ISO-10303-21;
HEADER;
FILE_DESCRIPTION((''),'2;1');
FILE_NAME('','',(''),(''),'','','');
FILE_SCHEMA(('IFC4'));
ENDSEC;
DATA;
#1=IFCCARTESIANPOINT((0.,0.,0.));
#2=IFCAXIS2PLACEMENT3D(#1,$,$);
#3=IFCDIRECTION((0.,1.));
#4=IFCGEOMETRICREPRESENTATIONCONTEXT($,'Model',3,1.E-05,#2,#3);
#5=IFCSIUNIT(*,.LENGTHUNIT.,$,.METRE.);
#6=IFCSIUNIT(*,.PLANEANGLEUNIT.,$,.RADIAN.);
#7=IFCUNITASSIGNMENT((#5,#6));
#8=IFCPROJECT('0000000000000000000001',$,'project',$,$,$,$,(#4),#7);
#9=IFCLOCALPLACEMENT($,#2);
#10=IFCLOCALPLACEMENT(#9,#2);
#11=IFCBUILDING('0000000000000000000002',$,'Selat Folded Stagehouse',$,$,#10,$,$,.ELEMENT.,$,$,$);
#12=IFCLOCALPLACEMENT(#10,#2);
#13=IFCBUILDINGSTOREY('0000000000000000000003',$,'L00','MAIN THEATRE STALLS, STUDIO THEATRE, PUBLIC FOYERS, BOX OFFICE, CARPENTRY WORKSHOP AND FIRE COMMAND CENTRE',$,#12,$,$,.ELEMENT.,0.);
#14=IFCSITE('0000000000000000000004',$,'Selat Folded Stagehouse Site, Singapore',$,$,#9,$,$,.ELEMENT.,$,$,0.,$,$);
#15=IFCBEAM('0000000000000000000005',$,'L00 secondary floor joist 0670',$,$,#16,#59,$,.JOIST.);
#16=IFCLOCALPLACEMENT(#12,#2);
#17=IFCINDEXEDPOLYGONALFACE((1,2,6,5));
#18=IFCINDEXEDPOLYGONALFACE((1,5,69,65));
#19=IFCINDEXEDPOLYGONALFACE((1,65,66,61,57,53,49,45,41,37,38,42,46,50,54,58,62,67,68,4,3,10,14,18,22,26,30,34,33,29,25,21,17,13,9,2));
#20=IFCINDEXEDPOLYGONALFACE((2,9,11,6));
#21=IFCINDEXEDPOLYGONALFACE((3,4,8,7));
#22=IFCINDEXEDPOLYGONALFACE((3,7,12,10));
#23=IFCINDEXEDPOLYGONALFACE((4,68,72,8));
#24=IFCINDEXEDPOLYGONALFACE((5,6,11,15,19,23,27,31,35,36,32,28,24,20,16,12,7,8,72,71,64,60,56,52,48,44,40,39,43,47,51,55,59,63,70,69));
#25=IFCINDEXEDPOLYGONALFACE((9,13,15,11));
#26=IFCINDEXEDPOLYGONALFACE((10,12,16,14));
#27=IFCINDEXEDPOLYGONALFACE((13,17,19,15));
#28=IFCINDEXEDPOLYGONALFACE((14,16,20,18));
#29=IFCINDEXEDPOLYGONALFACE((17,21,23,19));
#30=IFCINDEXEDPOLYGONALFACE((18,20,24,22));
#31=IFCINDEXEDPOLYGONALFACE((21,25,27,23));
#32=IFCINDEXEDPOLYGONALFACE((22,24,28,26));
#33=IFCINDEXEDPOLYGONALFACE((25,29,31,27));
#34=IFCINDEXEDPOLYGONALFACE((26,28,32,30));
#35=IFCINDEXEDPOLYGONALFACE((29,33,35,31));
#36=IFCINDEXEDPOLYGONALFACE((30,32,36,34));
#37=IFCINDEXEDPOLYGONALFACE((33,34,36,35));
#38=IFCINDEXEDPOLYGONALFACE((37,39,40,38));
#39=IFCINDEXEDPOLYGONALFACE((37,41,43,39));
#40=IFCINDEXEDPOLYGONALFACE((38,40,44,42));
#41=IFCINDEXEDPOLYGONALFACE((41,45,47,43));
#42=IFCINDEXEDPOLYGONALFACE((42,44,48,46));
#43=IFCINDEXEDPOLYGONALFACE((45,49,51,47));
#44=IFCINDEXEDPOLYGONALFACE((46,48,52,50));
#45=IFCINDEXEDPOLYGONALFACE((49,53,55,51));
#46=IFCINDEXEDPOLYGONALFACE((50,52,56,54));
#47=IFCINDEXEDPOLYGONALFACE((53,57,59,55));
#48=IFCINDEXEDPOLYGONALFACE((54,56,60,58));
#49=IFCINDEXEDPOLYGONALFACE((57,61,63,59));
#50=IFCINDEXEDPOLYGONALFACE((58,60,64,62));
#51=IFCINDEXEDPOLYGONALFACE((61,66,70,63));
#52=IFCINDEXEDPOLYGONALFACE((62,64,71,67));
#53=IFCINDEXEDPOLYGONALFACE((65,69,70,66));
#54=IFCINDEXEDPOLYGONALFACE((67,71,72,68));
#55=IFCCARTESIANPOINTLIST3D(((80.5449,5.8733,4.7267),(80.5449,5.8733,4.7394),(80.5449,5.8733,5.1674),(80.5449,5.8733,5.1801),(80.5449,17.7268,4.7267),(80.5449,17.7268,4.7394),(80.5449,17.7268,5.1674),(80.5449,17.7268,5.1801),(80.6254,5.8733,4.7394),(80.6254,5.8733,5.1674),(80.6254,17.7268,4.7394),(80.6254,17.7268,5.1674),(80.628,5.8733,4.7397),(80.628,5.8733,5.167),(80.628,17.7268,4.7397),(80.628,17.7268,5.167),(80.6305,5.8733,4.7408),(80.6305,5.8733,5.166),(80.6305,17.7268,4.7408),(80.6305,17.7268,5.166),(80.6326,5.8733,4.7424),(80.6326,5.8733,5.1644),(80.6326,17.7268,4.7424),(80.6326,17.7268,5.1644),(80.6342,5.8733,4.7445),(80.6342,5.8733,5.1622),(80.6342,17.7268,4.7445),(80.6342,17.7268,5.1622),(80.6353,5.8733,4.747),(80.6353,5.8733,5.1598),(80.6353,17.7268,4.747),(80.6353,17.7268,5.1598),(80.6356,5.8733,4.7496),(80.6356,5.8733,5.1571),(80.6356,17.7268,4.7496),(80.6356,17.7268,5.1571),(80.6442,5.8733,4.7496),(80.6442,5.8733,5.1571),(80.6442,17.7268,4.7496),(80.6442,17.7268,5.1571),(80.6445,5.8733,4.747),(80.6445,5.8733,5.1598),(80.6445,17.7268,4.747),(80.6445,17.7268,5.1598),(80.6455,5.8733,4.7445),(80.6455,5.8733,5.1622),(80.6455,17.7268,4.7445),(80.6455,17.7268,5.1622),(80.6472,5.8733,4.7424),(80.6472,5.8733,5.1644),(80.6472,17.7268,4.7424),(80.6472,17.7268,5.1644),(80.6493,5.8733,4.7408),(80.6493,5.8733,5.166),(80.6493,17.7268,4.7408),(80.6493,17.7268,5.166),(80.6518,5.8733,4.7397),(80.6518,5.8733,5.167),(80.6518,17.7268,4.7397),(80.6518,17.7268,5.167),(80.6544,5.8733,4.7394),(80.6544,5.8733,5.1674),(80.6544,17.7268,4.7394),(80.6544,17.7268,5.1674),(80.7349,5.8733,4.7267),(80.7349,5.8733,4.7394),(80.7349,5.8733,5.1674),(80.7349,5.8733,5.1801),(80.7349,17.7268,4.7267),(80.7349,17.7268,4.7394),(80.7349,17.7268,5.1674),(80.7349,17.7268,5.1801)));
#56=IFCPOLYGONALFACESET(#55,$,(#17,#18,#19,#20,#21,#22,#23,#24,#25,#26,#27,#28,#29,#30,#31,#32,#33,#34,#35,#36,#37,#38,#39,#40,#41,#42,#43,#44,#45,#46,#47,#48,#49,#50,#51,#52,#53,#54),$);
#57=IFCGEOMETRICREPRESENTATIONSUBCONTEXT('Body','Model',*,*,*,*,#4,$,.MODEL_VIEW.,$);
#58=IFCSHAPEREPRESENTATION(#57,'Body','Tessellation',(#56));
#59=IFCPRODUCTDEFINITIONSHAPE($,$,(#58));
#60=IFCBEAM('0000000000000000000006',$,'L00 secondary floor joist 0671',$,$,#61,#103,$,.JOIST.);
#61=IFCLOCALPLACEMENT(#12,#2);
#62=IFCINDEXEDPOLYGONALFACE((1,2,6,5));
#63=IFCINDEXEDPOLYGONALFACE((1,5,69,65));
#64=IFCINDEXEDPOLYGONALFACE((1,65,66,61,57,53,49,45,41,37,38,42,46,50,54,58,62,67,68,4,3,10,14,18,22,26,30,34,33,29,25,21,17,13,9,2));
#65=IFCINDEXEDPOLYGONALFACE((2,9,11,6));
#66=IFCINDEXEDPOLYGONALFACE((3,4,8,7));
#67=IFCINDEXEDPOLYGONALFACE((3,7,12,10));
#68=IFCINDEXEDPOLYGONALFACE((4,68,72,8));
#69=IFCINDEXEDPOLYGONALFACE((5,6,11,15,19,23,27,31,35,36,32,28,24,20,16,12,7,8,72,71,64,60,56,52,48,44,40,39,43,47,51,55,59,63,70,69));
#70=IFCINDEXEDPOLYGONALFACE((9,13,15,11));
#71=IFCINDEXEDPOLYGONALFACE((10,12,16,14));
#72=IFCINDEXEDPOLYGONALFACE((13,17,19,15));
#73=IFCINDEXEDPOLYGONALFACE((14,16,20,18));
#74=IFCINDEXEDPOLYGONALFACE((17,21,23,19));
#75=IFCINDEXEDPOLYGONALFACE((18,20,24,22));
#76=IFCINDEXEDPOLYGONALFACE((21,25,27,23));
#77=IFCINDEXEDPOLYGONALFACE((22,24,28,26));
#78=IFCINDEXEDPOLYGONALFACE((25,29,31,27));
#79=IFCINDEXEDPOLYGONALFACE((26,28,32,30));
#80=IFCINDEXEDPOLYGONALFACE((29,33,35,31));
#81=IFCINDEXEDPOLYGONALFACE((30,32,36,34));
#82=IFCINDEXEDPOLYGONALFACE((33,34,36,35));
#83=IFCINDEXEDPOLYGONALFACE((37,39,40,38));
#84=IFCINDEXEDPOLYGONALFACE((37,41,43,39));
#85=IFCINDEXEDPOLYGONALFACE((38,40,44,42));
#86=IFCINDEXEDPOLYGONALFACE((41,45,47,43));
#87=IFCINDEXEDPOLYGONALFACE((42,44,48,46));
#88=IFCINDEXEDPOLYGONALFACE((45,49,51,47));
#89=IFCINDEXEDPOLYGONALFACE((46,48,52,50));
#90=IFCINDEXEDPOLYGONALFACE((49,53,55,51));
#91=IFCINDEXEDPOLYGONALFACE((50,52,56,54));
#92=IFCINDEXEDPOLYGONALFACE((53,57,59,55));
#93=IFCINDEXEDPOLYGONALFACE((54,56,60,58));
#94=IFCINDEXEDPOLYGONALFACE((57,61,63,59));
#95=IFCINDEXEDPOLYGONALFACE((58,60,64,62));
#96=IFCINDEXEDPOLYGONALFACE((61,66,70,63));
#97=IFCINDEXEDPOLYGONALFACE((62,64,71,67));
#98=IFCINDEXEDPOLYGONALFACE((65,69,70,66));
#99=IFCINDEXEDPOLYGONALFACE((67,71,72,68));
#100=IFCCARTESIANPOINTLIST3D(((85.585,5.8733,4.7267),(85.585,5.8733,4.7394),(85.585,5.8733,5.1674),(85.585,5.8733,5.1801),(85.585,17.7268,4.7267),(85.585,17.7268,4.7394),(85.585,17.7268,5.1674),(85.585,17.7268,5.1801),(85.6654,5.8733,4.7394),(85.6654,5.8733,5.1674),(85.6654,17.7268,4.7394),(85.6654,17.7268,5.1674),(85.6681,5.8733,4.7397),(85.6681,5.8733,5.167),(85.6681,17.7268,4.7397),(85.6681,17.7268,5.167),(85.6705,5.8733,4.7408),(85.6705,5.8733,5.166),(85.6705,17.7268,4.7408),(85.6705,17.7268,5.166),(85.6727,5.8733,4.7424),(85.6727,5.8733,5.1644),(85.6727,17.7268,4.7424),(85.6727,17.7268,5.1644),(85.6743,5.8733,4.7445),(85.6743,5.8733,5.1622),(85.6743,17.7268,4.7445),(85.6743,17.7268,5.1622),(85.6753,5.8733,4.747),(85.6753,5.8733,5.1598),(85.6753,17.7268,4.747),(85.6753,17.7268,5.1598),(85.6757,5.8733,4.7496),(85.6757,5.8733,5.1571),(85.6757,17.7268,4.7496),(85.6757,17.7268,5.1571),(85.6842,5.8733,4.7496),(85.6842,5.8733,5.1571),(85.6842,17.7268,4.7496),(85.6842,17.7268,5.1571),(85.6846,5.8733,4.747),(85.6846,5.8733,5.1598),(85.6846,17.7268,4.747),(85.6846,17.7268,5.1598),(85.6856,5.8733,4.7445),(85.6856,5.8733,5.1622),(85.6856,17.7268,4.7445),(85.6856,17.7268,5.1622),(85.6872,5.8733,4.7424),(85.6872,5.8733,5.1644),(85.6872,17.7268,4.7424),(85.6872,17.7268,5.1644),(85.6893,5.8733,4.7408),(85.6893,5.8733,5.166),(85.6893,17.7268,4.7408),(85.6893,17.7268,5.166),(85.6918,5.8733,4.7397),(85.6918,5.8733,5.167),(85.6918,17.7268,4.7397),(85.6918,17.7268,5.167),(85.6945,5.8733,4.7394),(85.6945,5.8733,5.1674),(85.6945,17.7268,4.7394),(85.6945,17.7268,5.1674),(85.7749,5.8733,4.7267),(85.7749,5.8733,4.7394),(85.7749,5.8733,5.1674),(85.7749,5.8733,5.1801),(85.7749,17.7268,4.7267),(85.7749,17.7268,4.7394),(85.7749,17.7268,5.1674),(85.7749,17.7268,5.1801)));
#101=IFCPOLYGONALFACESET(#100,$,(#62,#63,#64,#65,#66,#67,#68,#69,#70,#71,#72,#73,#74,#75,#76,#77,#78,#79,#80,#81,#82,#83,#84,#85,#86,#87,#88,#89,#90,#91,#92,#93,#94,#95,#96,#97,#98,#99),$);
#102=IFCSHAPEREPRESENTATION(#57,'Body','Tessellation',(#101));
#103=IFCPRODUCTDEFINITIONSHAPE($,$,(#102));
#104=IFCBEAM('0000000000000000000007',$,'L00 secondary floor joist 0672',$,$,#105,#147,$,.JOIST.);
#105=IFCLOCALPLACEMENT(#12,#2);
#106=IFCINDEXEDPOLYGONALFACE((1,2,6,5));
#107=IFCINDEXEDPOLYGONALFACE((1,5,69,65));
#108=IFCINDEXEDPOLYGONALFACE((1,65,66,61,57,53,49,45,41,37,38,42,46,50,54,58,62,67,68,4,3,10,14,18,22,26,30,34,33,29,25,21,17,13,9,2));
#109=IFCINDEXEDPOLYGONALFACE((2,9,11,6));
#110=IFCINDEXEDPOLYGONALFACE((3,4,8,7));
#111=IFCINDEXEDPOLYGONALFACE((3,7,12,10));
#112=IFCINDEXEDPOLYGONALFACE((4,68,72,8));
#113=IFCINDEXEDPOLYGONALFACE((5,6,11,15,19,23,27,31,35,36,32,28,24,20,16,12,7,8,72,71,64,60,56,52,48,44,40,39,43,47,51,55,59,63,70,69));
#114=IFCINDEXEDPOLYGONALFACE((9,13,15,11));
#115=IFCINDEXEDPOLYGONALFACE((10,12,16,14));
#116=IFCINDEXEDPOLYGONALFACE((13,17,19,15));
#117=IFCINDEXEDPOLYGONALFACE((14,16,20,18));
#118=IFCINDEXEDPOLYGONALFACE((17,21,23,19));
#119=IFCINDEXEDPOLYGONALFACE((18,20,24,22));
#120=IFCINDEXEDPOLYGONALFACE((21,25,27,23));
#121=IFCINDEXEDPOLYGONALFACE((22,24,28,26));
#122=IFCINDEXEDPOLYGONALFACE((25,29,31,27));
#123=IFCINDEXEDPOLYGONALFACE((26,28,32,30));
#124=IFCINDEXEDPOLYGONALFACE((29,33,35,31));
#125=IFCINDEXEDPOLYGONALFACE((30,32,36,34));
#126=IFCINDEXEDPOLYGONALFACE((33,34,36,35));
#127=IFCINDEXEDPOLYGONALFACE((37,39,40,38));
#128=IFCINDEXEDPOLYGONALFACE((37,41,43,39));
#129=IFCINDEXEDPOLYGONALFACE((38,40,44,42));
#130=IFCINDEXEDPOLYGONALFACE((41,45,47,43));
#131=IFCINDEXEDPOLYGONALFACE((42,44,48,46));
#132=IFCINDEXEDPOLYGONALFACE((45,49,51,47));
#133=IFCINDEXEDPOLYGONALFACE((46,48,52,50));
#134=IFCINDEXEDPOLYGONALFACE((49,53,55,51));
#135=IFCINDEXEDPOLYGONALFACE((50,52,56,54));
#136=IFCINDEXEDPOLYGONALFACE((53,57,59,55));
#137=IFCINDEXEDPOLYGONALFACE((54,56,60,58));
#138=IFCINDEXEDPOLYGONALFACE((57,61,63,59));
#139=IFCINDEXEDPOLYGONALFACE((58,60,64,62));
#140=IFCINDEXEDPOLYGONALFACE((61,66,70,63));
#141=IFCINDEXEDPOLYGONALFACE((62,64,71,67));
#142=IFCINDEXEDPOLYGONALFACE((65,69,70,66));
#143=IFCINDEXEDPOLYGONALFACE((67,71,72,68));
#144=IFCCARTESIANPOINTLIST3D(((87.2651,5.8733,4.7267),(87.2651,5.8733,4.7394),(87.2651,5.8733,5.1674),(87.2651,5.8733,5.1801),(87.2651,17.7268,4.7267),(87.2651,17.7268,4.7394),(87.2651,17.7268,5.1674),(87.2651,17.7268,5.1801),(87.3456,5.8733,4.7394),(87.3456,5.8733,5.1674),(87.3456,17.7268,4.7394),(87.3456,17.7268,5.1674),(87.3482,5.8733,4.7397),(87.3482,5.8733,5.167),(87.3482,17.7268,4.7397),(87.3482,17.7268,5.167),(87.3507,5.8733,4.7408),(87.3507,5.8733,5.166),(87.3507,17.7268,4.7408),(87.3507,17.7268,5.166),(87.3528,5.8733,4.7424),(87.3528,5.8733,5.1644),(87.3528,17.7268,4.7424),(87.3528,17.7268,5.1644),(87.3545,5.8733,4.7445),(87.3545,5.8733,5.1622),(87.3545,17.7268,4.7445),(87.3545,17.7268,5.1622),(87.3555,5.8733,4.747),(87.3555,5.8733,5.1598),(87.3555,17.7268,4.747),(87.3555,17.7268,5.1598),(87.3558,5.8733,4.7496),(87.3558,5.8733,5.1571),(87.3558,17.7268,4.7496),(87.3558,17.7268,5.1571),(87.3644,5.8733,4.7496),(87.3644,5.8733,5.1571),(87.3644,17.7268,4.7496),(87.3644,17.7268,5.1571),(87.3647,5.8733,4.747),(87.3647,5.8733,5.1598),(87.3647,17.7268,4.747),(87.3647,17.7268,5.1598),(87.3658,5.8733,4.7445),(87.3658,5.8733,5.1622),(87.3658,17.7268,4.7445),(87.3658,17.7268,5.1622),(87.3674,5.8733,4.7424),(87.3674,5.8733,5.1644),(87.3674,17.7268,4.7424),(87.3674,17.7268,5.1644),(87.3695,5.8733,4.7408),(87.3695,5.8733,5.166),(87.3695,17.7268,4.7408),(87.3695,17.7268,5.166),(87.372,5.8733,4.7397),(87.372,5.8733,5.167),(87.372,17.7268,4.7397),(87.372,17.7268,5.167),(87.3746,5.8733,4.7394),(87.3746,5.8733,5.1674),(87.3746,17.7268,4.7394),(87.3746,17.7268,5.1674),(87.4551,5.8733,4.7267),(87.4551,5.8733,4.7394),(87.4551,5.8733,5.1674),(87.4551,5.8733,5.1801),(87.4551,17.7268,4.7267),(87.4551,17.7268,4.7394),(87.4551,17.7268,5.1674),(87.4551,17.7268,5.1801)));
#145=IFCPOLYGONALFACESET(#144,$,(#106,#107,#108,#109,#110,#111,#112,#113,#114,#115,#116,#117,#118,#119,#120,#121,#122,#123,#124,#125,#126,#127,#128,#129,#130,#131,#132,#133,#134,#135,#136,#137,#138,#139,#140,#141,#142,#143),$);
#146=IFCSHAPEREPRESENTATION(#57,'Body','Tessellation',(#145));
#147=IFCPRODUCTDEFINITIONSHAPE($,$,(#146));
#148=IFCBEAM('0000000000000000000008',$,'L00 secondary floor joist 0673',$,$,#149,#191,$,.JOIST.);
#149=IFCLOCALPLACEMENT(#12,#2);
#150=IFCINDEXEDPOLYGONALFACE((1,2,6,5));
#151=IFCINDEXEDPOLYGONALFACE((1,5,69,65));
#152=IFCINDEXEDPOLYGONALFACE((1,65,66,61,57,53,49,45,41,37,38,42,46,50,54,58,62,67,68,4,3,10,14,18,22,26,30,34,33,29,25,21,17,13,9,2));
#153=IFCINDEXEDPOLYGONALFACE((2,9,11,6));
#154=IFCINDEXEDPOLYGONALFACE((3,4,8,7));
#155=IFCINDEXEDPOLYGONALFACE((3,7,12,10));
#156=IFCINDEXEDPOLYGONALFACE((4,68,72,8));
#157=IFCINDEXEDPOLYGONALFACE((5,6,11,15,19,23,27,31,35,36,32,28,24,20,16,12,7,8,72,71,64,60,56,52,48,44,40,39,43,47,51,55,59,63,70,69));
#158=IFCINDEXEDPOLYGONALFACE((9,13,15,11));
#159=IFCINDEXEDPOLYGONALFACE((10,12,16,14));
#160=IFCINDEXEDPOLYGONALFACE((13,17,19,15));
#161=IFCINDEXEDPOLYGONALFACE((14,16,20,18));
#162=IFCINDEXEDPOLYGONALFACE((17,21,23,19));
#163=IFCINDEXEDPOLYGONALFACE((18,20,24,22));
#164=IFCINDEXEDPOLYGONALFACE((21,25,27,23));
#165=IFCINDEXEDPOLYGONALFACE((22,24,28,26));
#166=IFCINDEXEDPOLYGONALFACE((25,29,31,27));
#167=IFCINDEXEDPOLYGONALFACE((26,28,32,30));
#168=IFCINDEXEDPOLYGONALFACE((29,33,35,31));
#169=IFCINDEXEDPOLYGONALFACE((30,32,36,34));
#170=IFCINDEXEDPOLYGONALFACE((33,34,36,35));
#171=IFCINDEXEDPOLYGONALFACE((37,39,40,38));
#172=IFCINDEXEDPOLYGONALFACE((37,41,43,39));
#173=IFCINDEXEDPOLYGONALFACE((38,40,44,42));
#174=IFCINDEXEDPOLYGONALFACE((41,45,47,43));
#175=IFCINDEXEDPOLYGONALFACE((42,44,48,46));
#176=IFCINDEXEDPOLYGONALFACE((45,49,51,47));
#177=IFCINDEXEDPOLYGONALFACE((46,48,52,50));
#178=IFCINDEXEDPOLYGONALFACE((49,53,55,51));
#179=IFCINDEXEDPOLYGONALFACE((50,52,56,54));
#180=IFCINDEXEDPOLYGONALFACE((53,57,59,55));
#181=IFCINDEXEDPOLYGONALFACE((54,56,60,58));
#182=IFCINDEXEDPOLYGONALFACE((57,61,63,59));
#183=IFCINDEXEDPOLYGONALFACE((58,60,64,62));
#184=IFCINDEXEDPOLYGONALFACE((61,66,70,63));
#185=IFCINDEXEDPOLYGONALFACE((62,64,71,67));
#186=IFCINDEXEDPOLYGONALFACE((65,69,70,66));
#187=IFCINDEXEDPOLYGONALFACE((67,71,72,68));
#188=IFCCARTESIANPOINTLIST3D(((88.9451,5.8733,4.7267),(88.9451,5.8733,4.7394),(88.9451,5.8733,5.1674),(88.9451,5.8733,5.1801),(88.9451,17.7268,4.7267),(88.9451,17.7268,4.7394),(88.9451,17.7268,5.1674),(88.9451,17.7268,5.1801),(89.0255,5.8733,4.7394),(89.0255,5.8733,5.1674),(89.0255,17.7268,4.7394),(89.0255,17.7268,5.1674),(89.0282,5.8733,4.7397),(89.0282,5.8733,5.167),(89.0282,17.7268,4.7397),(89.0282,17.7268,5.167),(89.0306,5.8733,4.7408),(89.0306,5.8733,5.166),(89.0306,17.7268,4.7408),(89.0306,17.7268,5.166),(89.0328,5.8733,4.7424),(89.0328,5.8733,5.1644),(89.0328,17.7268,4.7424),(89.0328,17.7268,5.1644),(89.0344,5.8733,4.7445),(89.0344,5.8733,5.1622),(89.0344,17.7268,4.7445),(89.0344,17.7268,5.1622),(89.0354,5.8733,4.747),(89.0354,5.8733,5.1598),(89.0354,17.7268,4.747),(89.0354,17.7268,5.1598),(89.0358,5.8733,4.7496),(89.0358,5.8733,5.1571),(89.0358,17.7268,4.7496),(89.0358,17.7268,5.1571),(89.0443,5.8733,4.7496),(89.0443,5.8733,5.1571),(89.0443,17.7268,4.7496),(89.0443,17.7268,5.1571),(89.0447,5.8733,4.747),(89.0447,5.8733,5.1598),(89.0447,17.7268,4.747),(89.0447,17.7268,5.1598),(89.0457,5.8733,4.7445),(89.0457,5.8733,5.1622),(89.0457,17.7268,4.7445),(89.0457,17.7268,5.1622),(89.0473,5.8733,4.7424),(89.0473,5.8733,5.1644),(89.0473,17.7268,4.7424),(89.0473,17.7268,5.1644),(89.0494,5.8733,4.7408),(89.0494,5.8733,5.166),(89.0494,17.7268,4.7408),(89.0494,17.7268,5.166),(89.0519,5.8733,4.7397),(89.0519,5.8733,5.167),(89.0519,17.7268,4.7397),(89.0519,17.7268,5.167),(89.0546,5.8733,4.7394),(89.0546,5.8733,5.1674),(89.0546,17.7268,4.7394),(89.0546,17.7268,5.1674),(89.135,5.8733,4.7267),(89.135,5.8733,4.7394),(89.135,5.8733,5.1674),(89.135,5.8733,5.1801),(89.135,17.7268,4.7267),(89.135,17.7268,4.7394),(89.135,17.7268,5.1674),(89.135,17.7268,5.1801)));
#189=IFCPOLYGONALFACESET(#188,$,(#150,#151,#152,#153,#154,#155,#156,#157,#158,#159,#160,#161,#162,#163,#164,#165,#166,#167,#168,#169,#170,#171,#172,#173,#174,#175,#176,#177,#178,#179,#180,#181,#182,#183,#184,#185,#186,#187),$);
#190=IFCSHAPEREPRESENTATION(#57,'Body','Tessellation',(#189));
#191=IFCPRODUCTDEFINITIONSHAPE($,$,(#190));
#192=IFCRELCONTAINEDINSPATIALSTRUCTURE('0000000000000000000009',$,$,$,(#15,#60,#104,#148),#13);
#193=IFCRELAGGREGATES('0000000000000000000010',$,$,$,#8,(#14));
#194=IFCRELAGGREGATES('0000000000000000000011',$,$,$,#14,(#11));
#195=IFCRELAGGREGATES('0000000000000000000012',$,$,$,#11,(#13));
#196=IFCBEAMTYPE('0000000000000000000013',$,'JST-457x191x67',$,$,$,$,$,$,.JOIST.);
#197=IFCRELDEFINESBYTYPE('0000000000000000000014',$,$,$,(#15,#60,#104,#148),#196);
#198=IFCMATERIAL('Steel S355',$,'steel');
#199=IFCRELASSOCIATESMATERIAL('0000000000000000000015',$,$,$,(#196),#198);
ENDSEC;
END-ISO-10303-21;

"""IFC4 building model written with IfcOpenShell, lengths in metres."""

from ifc_helpers import new_model, si_unit, direction, frame, origin, origin_2d, place, context, subcontext, project, spatial, i_section, extrude, material, material_profile, profile_set, type_object, element, save


model = new_model("IFC4")

# Units and contexts
model_context = context("Model", 3, precision=1e-05, world=origin(), true_north=direction((0.0, 1.0)))
body_context = subcontext(model_context, "Body", "Model", "MODEL_VIEW")
ifc_project = project(units=[si_unit("LENGTHUNIT", "METRE"), si_unit("PLANEANGLEUNIT", "RADIAN")], contexts=[model_context])

# Site, building, storey
site_placement = place(None, origin())
site = spatial("IfcSite", under=ifc_project, at=site_placement, Name="Selat Folded Stagehouse Site, Singapore", CompositionType="ELEMENT", RefElevation=0.0)
building_placement = place(site_placement, origin())
building = spatial("IfcBuilding", under=site, at=building_placement, Name="Selat Folded Stagehouse", CompositionType="ELEMENT")
storey_placement = place(building_placement, origin())
storey = spatial("IfcBuildingStorey", under=building, at=storey_placement, Name="L00", Description="MAIN THEATRE STALLS, STUDIO THEATRE, PUBLIC FOYERS, BOX OFFICE, CARPENTRY WORKSHOP AND FIRE COMMAND CENTRE", CompositionType="ELEMENT", Elevation=0.0)

# Shared definitions
ifc_material_1 = material(Name="Steel S355", Category="steel")

# Beams
ifc_material_profile_1 = material_profile(ifc_material_1, i_section(OverallWidth=0.1899, OverallDepth=0.4534, WebThickness=0.0085, FlangeThickness=0.0127, FilletRadius=0.0103, at=origin_2d()), Name="UKB 457x191x67")
ifc_profile_set_1 = profile_set([ifc_material_profile_1], Name="Steel S355")
beam_type_1 = type_object("IfcBeamType", Name="JST-457x191x67", PredefinedType="JOIST", material=ifc_profile_set_1)
for number, where, z_axis, x_axis, name in (
    (1, (80.6399, 5.8733, 4.9534), (0.0, 1.0, 0.0), (-1.0, 0.0, 0.0), "L00 secondary floor joist 0670"),
    (2, (85.6799, 5.8733, 4.9534), (0.0, 1.0, 0.0), (-1.0, 0.0, 0.0), "L00 secondary floor joist 0671"),
    (3, (87.3601, 5.8733, 4.9534), (0.0, 1.0, 0.0), (-1.0, 0.0, 0.0), "L00 secondary floor joist 0672"),
    (4, (89.04, 5.8733, 4.9534), (0.0, 1.0, 0.0), (-1.0, 0.0, 0.0), "L00 secondary floor joist 0673"),
):
    element("IfcBeam", number, at=place(storey_placement, frame(where, z_axis=z_axis, x_axis=x_axis)), inside=storey, type_object=beam_type_1, Name=name, PredefinedType="JOIST", context=body_context, shape_type="SweptSolid", body=[
        extrude(i_section(OverallWidth=0.1899, OverallDepth=0.4534, WebThickness=0.0085, FlangeThickness=0.0127, FilletRadius=0.0103, at=origin_2d()), origin(), (0.0, 0.0, 1.0), 11.8535),
    ])

save(model, "model.ifc")
